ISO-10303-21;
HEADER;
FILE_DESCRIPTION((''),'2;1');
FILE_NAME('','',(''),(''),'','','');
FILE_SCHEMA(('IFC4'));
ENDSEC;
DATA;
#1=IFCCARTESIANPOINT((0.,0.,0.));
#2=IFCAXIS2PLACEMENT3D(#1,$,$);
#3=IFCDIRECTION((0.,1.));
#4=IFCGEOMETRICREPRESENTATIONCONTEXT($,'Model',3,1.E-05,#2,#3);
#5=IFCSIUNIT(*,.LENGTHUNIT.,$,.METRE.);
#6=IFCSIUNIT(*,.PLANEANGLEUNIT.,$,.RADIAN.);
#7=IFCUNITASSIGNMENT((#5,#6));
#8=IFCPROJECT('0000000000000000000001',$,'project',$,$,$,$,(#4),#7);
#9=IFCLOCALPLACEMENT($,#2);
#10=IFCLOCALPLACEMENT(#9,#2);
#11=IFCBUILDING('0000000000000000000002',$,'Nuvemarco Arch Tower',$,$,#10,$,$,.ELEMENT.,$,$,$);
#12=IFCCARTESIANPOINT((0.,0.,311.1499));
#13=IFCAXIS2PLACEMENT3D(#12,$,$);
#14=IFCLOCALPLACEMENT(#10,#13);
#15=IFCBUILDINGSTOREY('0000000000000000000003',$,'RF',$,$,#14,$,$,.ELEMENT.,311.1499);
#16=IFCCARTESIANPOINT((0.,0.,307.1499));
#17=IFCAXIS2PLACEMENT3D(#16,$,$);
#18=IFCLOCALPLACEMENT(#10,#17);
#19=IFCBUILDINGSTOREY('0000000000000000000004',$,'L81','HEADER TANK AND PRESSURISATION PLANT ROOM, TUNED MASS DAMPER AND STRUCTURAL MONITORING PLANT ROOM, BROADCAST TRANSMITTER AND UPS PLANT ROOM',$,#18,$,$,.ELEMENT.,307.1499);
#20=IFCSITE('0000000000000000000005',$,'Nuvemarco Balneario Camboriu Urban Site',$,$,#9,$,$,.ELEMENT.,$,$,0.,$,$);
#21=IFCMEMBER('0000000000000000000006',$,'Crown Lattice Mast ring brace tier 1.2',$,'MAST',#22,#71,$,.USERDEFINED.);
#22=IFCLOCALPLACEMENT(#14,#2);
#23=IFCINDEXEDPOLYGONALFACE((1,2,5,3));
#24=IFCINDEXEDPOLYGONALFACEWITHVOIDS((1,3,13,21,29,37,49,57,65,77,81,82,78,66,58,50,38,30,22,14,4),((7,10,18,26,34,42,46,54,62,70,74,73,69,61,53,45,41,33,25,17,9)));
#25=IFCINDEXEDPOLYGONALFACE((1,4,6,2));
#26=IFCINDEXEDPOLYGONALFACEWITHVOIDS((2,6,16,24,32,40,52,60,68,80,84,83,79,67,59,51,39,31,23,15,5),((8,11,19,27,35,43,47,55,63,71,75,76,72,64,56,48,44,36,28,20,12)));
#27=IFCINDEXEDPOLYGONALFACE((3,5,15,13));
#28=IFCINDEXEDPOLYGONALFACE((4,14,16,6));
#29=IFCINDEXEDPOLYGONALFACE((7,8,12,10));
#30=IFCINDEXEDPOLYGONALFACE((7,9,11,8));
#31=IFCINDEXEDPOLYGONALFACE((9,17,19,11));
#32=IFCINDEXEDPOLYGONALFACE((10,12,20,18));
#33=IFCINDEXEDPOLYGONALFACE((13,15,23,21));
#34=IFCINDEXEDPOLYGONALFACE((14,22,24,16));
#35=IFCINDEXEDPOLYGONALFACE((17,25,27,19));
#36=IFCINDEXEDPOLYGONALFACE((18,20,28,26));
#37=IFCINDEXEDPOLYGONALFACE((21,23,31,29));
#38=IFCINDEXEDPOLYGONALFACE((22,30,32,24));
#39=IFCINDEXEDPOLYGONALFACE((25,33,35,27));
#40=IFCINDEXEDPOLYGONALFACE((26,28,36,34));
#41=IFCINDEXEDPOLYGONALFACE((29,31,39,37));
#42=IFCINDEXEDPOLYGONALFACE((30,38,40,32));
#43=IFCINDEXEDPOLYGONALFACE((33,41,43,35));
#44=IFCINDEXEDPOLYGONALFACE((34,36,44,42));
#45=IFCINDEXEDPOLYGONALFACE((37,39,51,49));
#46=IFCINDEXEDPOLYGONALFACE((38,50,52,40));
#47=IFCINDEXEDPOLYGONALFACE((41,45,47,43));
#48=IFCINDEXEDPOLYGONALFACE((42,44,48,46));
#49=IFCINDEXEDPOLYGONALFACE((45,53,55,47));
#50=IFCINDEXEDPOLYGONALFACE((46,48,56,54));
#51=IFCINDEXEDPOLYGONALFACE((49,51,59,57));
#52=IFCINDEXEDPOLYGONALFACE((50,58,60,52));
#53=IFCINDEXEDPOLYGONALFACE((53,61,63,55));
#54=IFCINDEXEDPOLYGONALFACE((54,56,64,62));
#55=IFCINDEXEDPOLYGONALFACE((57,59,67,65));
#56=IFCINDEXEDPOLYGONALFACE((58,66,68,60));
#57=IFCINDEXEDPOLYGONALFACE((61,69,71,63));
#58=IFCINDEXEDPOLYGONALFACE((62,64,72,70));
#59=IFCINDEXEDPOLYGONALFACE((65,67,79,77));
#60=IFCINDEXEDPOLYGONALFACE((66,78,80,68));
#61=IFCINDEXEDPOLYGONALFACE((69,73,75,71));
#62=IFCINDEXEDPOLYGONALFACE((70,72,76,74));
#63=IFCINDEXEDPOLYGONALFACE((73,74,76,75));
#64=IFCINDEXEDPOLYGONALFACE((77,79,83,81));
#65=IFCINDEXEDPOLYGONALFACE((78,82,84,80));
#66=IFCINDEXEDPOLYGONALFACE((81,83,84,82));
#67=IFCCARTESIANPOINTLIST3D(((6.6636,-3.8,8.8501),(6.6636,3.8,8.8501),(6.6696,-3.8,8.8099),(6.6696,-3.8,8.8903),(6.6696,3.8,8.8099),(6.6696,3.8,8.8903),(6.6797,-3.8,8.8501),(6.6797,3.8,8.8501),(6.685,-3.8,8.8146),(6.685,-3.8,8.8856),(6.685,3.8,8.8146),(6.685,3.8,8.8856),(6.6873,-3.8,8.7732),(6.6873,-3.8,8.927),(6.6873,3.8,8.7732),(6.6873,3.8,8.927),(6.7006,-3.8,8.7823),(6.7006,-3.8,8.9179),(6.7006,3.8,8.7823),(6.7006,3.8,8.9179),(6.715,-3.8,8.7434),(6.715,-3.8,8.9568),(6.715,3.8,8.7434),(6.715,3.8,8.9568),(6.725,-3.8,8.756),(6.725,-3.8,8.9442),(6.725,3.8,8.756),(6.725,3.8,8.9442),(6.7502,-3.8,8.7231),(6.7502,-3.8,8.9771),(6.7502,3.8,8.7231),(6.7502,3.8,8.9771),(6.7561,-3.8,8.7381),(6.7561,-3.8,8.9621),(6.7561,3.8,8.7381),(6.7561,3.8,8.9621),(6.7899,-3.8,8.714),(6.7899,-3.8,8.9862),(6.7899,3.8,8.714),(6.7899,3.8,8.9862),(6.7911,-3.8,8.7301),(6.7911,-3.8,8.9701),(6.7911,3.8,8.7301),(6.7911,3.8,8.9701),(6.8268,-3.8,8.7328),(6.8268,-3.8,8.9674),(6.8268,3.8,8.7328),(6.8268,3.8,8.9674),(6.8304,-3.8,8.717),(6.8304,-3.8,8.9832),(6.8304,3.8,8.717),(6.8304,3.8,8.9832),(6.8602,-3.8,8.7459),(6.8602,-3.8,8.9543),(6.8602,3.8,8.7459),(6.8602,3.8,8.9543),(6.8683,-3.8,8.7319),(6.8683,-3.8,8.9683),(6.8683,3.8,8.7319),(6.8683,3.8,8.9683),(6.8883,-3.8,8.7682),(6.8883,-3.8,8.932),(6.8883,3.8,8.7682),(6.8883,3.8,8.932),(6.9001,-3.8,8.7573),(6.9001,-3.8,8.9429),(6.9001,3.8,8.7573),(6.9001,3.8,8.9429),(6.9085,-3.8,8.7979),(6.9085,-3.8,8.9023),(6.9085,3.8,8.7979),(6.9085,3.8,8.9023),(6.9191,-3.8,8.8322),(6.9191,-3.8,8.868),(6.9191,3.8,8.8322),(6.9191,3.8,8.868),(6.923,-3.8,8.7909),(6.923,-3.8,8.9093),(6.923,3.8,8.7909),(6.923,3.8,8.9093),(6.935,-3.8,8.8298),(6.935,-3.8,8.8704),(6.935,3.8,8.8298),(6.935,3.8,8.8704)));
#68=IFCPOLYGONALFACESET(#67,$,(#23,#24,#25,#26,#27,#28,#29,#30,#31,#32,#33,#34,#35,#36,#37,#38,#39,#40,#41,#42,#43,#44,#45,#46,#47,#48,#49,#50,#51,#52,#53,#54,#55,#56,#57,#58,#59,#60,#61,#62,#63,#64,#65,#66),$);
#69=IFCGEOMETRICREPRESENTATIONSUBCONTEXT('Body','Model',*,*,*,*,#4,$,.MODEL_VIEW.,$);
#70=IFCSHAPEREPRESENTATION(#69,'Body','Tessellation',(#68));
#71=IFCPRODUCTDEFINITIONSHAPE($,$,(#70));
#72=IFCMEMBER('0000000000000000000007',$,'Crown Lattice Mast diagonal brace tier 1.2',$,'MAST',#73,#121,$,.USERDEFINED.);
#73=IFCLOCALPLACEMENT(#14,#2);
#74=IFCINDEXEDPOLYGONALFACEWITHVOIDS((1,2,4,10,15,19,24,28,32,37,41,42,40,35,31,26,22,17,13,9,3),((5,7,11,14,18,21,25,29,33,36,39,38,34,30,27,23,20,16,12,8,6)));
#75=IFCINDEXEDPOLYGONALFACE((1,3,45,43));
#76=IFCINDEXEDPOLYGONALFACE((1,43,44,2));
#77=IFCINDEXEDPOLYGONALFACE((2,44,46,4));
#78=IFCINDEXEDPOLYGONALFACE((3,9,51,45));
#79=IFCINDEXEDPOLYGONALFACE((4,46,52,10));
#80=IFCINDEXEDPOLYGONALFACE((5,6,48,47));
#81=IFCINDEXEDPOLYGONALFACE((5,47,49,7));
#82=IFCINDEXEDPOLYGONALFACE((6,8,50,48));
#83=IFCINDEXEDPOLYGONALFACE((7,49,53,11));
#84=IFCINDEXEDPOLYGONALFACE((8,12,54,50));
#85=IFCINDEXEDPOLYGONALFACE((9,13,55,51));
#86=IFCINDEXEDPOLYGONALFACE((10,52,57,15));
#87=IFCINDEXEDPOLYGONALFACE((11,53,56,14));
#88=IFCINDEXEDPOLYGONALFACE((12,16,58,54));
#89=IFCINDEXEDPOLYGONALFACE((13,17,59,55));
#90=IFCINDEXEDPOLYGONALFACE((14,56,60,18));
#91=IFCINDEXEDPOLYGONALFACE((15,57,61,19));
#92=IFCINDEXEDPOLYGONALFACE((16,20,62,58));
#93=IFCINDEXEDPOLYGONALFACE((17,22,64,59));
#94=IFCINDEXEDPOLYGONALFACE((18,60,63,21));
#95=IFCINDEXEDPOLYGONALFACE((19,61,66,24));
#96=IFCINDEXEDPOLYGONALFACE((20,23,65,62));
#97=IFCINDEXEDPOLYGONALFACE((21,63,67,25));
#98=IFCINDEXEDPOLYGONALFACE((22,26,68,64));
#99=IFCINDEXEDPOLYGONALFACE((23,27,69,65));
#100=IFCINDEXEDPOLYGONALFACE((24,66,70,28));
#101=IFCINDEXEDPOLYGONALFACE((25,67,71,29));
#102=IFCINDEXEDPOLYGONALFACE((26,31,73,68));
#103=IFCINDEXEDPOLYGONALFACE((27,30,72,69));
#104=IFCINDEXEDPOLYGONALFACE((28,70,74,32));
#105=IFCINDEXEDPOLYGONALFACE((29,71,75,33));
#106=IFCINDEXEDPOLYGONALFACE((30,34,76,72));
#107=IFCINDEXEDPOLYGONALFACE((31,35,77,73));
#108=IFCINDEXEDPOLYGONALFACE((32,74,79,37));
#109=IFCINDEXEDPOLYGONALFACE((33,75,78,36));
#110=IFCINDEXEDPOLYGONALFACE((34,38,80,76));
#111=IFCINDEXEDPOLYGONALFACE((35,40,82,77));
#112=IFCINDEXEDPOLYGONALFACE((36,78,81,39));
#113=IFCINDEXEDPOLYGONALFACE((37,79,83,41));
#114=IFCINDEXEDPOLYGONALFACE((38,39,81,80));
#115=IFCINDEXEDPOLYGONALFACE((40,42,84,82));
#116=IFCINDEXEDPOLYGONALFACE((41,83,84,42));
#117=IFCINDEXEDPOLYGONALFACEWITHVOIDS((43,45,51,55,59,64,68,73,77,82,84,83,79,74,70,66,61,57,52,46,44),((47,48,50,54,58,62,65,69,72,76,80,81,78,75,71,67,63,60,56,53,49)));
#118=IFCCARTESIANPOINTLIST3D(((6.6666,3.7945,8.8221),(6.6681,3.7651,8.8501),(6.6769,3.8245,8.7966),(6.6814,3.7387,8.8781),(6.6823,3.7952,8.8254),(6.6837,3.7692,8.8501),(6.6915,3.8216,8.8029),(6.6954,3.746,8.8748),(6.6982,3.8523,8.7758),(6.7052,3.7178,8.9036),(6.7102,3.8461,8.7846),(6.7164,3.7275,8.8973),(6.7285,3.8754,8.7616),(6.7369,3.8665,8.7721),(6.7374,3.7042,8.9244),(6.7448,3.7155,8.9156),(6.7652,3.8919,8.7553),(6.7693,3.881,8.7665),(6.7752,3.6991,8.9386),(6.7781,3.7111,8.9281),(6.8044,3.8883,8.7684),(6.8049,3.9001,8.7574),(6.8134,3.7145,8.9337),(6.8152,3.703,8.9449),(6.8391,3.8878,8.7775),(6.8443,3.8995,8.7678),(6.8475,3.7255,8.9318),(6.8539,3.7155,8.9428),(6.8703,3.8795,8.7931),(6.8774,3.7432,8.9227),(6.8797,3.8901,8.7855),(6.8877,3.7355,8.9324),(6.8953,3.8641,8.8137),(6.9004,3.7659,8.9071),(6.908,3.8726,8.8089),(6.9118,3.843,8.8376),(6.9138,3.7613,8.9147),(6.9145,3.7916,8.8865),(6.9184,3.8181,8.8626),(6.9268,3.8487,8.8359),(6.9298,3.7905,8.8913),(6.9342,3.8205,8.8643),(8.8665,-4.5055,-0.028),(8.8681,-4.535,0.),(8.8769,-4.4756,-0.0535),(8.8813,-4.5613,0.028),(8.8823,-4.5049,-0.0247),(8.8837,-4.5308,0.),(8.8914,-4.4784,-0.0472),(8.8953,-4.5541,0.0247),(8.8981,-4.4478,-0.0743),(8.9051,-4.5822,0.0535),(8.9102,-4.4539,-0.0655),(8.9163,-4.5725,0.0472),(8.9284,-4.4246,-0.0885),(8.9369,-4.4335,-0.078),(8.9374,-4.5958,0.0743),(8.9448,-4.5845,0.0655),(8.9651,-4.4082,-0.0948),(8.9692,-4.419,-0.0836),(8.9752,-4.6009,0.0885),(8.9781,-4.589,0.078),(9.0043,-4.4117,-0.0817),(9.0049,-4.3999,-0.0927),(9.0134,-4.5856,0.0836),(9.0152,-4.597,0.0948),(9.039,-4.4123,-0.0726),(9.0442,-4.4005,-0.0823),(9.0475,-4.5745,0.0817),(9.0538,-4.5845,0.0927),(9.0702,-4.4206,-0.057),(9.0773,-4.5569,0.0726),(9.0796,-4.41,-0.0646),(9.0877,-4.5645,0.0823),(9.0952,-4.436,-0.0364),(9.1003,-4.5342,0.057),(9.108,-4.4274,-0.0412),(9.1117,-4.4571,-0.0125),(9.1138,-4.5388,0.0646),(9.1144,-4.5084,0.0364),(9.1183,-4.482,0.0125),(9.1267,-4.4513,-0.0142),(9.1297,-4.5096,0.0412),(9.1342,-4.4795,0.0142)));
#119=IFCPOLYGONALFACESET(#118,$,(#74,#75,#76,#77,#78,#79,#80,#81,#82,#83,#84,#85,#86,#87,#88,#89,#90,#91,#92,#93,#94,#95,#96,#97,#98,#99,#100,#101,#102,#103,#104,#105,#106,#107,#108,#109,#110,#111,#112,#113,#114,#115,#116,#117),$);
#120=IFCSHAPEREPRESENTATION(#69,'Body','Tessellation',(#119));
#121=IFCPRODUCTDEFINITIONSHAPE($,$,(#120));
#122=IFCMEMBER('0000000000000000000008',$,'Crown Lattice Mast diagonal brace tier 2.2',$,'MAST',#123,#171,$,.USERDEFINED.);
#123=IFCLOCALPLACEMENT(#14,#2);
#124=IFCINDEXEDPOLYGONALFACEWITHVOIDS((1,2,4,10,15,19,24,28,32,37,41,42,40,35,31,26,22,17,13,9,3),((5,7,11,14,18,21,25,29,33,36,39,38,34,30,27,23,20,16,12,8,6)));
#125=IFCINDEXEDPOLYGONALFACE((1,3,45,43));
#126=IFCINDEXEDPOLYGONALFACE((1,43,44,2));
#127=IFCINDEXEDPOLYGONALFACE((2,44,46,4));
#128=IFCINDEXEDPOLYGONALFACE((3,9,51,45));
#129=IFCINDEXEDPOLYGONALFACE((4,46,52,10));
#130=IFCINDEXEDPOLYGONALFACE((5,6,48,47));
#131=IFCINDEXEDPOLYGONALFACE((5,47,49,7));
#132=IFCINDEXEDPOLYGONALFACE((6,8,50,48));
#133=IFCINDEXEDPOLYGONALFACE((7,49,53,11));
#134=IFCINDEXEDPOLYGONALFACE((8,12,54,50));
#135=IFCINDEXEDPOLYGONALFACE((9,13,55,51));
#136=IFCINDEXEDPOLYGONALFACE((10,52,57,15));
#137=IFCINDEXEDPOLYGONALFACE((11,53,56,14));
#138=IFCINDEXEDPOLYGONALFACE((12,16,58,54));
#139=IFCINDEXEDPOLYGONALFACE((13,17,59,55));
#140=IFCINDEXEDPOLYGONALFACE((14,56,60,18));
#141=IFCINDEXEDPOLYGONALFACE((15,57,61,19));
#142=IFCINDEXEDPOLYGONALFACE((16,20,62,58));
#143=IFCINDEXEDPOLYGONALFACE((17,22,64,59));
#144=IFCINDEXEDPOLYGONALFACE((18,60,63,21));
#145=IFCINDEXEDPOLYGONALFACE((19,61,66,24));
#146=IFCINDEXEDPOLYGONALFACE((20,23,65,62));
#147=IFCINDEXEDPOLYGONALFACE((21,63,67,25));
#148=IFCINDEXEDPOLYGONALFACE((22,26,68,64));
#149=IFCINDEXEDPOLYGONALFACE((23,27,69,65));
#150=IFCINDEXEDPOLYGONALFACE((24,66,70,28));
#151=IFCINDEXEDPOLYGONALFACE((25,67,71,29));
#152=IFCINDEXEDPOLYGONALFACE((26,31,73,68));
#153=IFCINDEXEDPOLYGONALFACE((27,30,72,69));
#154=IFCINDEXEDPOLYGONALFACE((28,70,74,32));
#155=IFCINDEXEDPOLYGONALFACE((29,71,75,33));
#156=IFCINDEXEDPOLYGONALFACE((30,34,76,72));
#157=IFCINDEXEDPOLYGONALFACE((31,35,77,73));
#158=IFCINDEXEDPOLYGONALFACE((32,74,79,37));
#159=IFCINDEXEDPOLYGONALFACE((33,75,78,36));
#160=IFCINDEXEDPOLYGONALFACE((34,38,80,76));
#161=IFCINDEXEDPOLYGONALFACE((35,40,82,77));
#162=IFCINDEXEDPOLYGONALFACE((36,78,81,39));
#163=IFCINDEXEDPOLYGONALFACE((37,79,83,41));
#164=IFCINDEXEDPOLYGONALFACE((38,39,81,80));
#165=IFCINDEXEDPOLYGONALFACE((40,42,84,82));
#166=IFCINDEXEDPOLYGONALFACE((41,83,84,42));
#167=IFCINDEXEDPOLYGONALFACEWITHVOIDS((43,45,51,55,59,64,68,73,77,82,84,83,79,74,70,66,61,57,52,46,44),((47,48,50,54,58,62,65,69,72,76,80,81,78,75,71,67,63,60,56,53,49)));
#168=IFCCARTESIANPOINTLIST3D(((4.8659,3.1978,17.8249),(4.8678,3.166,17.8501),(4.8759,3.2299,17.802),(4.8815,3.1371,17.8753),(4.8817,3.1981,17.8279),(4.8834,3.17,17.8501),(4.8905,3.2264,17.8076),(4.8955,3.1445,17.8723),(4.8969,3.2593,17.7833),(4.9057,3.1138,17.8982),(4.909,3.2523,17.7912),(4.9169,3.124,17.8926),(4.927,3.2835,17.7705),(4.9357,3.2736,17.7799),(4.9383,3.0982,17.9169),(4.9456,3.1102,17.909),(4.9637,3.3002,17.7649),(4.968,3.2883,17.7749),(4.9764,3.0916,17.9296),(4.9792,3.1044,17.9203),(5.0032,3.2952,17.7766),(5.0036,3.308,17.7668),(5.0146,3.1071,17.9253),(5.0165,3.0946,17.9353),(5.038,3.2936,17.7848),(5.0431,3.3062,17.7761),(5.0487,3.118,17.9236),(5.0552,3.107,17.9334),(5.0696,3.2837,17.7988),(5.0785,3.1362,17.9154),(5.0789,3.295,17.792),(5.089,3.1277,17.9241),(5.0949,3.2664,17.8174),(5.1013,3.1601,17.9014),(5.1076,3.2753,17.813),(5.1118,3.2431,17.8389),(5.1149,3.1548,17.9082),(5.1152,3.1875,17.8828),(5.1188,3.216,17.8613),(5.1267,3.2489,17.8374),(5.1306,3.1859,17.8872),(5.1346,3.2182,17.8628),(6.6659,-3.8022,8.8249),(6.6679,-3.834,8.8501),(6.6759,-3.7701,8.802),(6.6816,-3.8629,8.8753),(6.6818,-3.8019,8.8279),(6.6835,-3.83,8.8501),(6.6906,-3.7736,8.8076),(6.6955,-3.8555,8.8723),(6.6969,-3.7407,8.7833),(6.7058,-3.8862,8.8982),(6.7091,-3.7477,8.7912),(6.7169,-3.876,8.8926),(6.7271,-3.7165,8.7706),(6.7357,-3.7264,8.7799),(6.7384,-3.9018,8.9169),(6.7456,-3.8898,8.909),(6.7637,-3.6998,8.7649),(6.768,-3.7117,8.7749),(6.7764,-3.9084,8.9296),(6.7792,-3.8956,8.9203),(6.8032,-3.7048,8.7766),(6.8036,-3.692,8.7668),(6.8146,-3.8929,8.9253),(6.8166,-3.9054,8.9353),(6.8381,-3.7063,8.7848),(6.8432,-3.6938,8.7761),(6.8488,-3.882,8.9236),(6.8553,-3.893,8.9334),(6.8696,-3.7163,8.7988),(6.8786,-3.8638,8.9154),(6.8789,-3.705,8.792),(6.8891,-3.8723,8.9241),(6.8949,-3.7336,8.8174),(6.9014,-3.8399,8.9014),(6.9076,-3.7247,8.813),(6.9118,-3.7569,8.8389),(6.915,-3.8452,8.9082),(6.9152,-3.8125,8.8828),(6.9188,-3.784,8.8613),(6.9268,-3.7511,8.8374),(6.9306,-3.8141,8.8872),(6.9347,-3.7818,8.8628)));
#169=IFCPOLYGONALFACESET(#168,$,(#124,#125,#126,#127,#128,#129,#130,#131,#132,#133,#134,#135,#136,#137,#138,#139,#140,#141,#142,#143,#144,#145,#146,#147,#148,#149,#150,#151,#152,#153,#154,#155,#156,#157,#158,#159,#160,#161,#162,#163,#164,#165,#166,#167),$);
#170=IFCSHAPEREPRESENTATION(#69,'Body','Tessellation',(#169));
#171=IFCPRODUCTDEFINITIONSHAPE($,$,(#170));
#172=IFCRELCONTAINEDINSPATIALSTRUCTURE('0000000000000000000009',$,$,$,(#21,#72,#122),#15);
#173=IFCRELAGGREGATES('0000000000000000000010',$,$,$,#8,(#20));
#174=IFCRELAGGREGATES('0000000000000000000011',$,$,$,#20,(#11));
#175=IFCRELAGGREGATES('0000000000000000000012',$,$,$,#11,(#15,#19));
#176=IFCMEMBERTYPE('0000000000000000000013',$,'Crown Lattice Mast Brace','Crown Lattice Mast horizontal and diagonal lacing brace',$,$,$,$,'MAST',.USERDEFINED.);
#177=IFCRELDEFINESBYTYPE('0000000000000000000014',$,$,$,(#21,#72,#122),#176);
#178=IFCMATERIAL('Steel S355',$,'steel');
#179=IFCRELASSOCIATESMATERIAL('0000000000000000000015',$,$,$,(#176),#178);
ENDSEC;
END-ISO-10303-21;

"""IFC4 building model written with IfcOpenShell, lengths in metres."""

from ifc_helpers import new_model, si_unit, direction, frame, origin, origin_2d, place, context, subcontext, project, spatial, hollow_circle, extrude, material, material_profile, profile_set, type_object, element, save


model = new_model("IFC4")

# Units and contexts
model_context = context("Model", 3, precision=1e-05, world=origin(), true_north=direction((0.0, 1.0)))
body_context = subcontext(model_context, "Body", "Model", "MODEL_VIEW")
ifc_project = project(units=[si_unit("LENGTHUNIT", "METRE"), si_unit("PLANEANGLEUNIT", "RADIAN")], contexts=[model_context])

# Site, building, storey
site_placement = place(None, origin())
site = spatial("IfcSite", under=ifc_project, at=site_placement, Name="Nuvemarco Balneario Camboriu Urban Site", CompositionType="ELEMENT", RefElevation=0.0)
building_placement = place(site_placement, origin())
building = spatial("IfcBuilding", under=site, at=building_placement, Name="Nuvemarco Arch Tower", CompositionType="ELEMENT")
storey_1_placement = place(building_placement, frame((0.0, 0.0, 311.1499)))
storey_1 = spatial("IfcBuildingStorey", under=building, at=storey_1_placement, Name="RF", CompositionType="ELEMENT", Elevation=311.1499)

# Members
ifc_material_1 = material(Name="Steel S355", Category="steel")
ifc_material_profile_1 = material_profile(ifc_material_1, hollow_circle(Radius=0.1365, WallThickness=0.0161, at=origin_2d()), Name="CHS273x16")
ifc_profile_set_1 = profile_set([ifc_material_profile_1], Name="Steel S355")
member_type_1 = type_object("IfcMemberType", Name="Crown Lattice Mast Brace", Description="Crown Lattice Mast horizontal and diagonal lacing brace", ElementType="MAST", PredefinedType="USERDEFINED", material=ifc_profile_set_1)
member_1_placement = place(storey_1_placement, frame((6.8, -3.8, 8.8501), z_axis=(0.0, 1.0, 0.0), x_axis=(-1.0, 0.0, 0.0)))
element("IfcMember", 1, at=member_1_placement, inside=storey_1, type_object=member_type_1, Name="Crown Lattice Mast ring brace tier 1.2", ObjectType="MAST", PredefinedType="USERDEFINED", context=body_context, shape_type="SweptSolid", body=[
    extrude(hollow_circle(Radius=0.1365, WallThickness=0.0161, at=origin_2d()), origin(), (0.0, 0.0, 1.0), 7.6001),
])
member_2_placement = place(storey_1_placement, frame((9.0, -4.5, 0.0), z_axis=(-0.178407, 0.673101, 0.717708), x_axis=(-0.966622, -0.256206, 0.0)))
element("IfcMember", 2, at=member_2_placement, inside=storey_1, type_object=member_type_1, Name="Crown Lattice Mast diagonal brace tier 1.2", ObjectType="MAST", PredefinedType="USERDEFINED", context=body_context, shape_type="SweptSolid", body=[
    extrude(hollow_circle(Radius=0.1365, WallThickness=0.0161, at=origin_2d()), origin(), (0.0, 0.0, 1.0), 12.3311),
])
member_3_placement = place(storey_1_placement, frame((6.8, -3.8, 8.8501), z_axis=(-0.155943, 0.60643, 0.779695), x_axis=(-0.968491, -0.249047, 0.0)))
element("IfcMember", 3, at=member_3_placement, inside=storey_1, type_object=member_type_1, Name="Crown Lattice Mast diagonal brace tier 2.2", ObjectType="MAST", PredefinedType="USERDEFINED", context=body_context, shape_type="SweptSolid", body=[
    extrude(hollow_circle(Radius=0.1365, WallThickness=0.0161, at=origin_2d()), origin(), (0.0, 0.0, 1.0), 11.543),
])

# Shared definitions
storey_2_placement = place(building_placement, frame((0.0, 0.0, 307.1499)))
storey_2 = spatial("IfcBuildingStorey", under=building, at=storey_2_placement, Name="L81", Description="HEADER TANK AND PRESSURISATION PLANT ROOM, TUNED MASS DAMPER AND STRUCTURAL MONITORING PLANT ROOM, BROADCAST TRANSMITTER AND UPS PLANT ROOM", CompositionType="ELEMENT", Elevation=307.1499)

save(model, "model.ifc")
